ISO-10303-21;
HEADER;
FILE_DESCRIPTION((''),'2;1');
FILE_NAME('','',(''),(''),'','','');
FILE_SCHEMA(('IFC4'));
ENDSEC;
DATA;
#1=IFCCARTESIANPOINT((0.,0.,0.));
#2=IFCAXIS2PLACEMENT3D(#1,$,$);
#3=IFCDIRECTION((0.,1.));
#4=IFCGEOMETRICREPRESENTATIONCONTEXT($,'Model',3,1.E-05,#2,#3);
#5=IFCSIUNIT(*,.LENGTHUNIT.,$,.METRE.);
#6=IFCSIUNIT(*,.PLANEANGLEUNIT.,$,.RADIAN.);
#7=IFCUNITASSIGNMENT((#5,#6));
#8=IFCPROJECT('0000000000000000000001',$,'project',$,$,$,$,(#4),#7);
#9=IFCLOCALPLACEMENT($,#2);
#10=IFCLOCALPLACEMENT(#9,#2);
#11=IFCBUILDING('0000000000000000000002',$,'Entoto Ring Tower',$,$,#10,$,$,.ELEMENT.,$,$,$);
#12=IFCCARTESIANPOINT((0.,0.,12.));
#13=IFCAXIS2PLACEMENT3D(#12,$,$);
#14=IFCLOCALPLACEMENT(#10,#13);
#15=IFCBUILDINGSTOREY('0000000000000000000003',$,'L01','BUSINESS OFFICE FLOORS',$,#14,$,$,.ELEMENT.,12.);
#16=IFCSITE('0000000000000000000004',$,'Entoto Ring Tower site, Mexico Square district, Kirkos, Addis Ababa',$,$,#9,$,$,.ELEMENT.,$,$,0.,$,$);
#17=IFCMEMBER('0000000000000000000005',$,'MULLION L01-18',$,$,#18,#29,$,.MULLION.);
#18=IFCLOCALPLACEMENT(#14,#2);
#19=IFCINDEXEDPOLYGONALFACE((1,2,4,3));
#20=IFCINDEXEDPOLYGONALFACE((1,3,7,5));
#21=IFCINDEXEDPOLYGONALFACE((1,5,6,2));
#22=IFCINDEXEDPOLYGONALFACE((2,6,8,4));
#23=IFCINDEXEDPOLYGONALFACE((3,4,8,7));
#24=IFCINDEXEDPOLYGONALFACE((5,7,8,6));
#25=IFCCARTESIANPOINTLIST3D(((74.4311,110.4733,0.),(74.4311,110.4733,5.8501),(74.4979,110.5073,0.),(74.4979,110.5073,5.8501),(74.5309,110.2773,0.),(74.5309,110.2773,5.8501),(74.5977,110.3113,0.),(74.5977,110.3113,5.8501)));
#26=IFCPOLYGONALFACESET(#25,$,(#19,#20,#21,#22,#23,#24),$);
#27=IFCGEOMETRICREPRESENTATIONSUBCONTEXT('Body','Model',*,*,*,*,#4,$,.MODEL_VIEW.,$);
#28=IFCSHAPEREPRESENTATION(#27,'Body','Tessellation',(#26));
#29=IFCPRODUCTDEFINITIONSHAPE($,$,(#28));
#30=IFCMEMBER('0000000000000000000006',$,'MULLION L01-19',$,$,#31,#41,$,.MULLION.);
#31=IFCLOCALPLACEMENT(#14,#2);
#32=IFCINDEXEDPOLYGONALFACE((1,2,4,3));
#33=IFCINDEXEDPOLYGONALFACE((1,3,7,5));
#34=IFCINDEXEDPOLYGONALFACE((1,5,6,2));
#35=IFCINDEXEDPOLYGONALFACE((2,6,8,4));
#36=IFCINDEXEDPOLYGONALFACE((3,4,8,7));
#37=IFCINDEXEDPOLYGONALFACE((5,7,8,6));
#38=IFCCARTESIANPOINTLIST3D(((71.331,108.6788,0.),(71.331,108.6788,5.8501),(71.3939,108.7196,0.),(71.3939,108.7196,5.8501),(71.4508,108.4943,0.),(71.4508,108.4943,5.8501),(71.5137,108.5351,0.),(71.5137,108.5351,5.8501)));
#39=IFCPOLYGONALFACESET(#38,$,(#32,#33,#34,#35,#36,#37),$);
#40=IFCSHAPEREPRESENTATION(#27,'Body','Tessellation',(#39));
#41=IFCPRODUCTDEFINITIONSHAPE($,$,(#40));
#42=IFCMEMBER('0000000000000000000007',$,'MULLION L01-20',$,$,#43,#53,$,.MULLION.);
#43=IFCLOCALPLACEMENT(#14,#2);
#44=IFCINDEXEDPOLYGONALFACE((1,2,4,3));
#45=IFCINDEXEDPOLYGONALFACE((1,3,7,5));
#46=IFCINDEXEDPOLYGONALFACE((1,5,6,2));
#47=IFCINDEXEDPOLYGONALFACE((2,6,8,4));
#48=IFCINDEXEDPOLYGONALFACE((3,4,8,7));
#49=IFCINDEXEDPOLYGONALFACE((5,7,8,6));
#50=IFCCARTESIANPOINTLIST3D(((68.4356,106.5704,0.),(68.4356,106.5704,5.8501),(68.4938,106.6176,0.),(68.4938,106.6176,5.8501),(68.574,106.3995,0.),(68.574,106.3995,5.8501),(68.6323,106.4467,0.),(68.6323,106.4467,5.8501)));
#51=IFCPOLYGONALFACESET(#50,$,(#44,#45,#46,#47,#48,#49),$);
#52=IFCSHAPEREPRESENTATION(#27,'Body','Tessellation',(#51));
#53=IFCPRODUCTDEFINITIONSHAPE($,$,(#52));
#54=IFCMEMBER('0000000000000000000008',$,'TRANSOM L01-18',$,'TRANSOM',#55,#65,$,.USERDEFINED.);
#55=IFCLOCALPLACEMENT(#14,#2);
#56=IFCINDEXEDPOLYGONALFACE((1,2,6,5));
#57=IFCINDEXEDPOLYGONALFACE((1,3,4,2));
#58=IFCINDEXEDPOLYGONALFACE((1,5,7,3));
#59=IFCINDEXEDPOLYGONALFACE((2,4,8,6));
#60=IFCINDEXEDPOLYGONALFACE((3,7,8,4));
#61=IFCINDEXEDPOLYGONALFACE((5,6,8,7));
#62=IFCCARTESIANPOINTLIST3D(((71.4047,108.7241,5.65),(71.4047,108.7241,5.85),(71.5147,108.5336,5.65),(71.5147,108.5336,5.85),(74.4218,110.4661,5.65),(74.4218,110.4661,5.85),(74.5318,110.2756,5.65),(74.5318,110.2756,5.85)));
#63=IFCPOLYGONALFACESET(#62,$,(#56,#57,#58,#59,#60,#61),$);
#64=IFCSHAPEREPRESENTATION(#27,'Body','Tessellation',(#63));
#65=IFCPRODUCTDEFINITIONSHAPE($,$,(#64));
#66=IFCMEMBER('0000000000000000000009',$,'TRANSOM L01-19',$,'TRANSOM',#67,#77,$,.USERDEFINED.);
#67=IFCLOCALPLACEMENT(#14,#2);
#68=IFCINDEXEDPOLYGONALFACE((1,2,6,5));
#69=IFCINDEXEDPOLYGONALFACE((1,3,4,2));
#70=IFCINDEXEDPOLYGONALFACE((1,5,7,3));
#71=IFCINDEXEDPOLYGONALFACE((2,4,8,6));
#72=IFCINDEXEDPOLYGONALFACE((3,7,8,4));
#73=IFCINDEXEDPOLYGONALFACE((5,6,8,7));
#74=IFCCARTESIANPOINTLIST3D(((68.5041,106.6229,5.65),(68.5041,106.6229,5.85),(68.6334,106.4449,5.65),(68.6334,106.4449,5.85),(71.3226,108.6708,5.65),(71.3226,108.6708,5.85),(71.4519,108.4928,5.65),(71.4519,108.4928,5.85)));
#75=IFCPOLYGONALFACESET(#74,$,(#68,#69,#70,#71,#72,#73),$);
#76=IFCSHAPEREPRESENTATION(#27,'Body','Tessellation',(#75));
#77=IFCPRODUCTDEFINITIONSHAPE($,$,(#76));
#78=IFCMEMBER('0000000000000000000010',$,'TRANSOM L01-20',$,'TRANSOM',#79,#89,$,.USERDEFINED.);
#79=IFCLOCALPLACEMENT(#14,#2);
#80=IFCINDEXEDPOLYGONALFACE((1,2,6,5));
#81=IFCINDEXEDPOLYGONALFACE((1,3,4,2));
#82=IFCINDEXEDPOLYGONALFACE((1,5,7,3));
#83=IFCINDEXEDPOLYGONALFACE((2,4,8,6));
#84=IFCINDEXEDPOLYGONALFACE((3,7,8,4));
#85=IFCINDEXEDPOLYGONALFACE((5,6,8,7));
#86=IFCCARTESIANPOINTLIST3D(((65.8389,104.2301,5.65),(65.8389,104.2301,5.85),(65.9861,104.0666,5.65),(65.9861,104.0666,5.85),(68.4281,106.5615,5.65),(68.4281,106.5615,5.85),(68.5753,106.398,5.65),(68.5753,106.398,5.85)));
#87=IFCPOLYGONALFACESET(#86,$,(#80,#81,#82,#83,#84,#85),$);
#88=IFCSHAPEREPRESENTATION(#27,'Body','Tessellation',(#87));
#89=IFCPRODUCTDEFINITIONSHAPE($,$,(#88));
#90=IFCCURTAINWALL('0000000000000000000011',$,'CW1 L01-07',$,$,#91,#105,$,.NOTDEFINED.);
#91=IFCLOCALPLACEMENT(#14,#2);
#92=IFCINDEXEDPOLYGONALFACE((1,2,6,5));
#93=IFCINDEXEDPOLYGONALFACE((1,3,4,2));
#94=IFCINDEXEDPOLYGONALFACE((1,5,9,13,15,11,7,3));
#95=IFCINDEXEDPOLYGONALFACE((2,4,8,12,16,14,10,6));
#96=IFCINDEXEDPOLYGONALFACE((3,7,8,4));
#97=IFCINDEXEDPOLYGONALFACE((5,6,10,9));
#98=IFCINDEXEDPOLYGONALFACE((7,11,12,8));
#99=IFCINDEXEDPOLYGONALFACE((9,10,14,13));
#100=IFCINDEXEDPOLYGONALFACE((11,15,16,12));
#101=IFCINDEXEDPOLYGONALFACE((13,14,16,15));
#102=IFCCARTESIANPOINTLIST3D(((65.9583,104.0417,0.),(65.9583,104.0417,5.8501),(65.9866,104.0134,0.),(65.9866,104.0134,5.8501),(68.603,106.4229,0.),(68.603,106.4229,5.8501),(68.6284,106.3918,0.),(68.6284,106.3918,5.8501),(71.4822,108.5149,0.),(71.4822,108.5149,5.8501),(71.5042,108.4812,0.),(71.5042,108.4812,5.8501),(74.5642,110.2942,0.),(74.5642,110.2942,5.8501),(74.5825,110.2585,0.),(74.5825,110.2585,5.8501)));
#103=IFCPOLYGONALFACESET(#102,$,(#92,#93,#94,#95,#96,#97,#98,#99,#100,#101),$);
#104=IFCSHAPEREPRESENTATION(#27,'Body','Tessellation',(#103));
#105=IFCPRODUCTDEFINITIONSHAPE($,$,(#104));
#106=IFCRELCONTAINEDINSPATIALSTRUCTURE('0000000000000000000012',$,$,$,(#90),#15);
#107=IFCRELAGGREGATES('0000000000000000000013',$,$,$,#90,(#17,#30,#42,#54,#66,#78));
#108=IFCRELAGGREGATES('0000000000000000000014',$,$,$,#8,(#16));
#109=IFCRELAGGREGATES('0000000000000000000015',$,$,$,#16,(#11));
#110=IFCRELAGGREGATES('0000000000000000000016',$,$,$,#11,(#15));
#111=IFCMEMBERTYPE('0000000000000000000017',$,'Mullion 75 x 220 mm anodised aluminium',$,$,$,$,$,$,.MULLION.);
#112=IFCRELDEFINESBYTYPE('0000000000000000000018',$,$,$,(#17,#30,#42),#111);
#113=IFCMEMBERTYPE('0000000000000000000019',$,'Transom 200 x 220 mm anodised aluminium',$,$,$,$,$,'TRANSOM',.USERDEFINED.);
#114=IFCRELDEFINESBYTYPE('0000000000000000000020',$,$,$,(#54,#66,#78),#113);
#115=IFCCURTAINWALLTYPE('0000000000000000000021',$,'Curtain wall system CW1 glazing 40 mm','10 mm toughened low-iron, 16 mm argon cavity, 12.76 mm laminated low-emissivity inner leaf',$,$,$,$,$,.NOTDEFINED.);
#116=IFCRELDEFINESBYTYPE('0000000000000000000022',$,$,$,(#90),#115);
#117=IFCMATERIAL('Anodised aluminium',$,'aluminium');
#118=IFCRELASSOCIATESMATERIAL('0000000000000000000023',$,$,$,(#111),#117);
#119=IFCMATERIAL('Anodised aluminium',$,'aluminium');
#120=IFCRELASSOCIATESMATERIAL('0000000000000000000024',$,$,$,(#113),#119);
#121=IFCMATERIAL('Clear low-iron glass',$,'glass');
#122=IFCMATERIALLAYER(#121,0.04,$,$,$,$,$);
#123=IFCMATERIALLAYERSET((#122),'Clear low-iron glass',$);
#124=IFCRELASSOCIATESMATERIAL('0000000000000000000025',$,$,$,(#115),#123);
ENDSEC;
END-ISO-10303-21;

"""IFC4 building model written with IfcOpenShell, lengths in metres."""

from ifc_helpers import new_model, si_unit, direction, frame, origin, origin_2d, place, context, subcontext, project, spatial, polyline, rectangle, outline, extrude, material, layer, layer_set, material_profile, profile_set, type_object, element, aggregate, save


model = new_model("IFC4")

# Units and contexts
model_context = context("Model", 3, precision=1e-05, world=origin(), true_north=direction((0.0, 1.0)))
body_context = subcontext(model_context, "Body", "Model", "MODEL_VIEW")
ifc_project = project(units=[si_unit("LENGTHUNIT", "METRE"), si_unit("PLANEANGLEUNIT", "RADIAN")], contexts=[model_context])

# Members
ifc_material_1 = material(Name="Anodised aluminium", Category="aluminium")
ifc_material_profile_1 = material_profile(ifc_material_1, rectangle(XDim=0.075, YDim=0.22, at=origin_2d()), Name="Mullion 75 x 220 mm anodised aluminium")
ifc_profile_set_1 = profile_set([ifc_material_profile_1], Name="Anodised aluminium")
member_type_1 = type_object("IfcMemberType", Name="Mullion 75 x 220 mm anodised aluminium", PredefinedType="MULLION", material=ifc_profile_set_1)
site_placement = place(None, origin())
building_placement = place(site_placement, origin())
storey_placement = place(building_placement, frame((0.0, 0.0, 12.0)))
member_1_placement = place(storey_placement, frame((74.5144, 110.3923, 0.0), z_axis=(0.0, 0.0, 1.0), x_axis=(-0.891007, -0.45399, 0.0)))
member_1 = element("IfcMember", 1, at=member_1_placement, type_object=member_type_1, Name="MULLION L01-18", PredefinedType="MULLION", context=body_context, shape_type="SweptSolid", body=[
    extrude(rectangle(XDim=0.075, YDim=0.22, at=origin_2d()), origin(), (0.0, 0.0, 1.0), 5.8501),
])
member_2_placement = place(storey_placement, frame((71.4224, 108.6069, 0.0), z_axis=(0.0, 0.0, 1.0), x_axis=(-0.838671, -0.544639, 0.0)))
member_2 = element("IfcMember", 2, at=member_2_placement, type_object=member_type_1, Name="MULLION L01-19", PredefinedType="MULLION", context=body_context, shape_type="SweptSolid", body=[
    extrude(rectangle(XDim=0.075, YDim=0.22, at=origin_2d()), origin(), (0.0, 0.0, 1.0), 5.8501),
])
member_3_placement = place(storey_placement, frame((68.5339, 106.5085, 0.0), z_axis=(0.0, 0.0, 1.0), x_axis=(-0.777146, -0.62932, 0.0)))
member_3 = element("IfcMember", 3, at=member_3_placement, type_object=member_type_1, Name="MULLION L01-20", PredefinedType="MULLION", context=body_context, shape_type="SweptSolid", body=[
    extrude(rectangle(XDim=0.075, YDim=0.22, at=origin_2d()), origin(), (0.0, 0.0, 1.0), 5.8501),
])
ifc_material_2 = material(Name="Anodised aluminium", Category="aluminium")
ifc_material_profile_2 = material_profile(ifc_material_2, rectangle(XDim=0.22, YDim=0.2, at=origin_2d()), Name="Transom 200 x 220 mm anodised aluminium")
ifc_profile_set_2 = profile_set([ifc_material_profile_2], Name="Anodised aluminium")
member_type_2 = type_object("IfcMemberType", Name="Transom 200 x 220 mm anodised aluminium", ElementType="TRANSOM", PredefinedType="USERDEFINED", material=ifc_profile_set_2)
member_4_placement = place(storey_placement, frame((74.4768, 110.3708, 5.75), z_axis=(-0.866022, -0.500006, 0.0), x_axis=(0.500006, -0.866022, 0.0)))
member_4 = element("IfcMember", 4, at=member_4_placement, type_object=member_type_2, Name="TRANSOM L01-18", ObjectType="TRANSOM", PredefinedType="USERDEFINED", context=body_context, shape_type="SweptSolid", body=[
    extrude(rectangle(XDim=0.22, YDim=0.2, at=origin_2d()), origin(), (0.0, 0.0, 1.0), 3.4839),
])
member_5_placement = place(storey_placement, frame((71.3872, 108.5818, 5.75), z_axis=(-0.808991, -0.587822, 0.0), x_axis=(0.587822, -0.808991, 0.0)))
member_5 = element("IfcMember", 5, at=member_5_placement, type_object=member_type_2, Name="TRANSOM L01-19", ObjectType="TRANSOM", PredefinedType="USERDEFINED", context=body_context, shape_type="SweptSolid", body=[
    extrude(rectangle(XDim=0.22, YDim=0.2, at=origin_2d()), origin(), (0.0, 0.0, 1.0), 3.4839),
])
member_6_placement = place(storey_placement, frame((68.5017, 106.4797, 5.75), z_axis=(-0.743137, -0.669139, 0.0), x_axis=(0.669139, -0.743137, 0.0)))
member_6 = element("IfcMember", 6, at=member_6_placement, type_object=member_type_2, Name="TRANSOM L01-20", ObjectType="TRANSOM", PredefinedType="USERDEFINED", context=body_context, shape_type="SweptSolid", body=[
    extrude(rectangle(XDim=0.22, YDim=0.2, at=origin_2d()), origin(), (0.0, 0.0, 1.0), 3.4841),
])

# Site, building, storey
site = spatial("IfcSite", under=ifc_project, at=site_placement, Name="Entoto Ring Tower site, Mexico Square district, Kirkos, Addis Ababa", CompositionType="ELEMENT", RefElevation=0.0)
building = spatial("IfcBuilding", under=site, at=building_placement, Name="Entoto Ring Tower", CompositionType="ELEMENT")
storey = spatial("IfcBuildingStorey", under=building, at=storey_placement, Name="L01", Description="BUSINESS OFFICE FLOORS", CompositionType="ELEMENT", Elevation=12.0)

# Curtain wall
ifc_material_3 = material(Name="Clear low-iron glass", Category="glass")
ifc_layer = layer(ifc_material_3, 0.04)
ifc_layer_set = layer_set([ifc_layer], Name="Clear low-iron glass")
curtain_wall_type = type_object("IfcCurtainWallType", Name="Curtain wall system CW1 glazing 40 mm", Description="10 mm toughened low-iron, 16 mm argon cavity, 12.76 mm laminated low-emissivity inner leaf", PredefinedType="NOTDEFINED", material=ifc_layer_set)
curtain_wall_1_placement = place(storey_placement, origin())
curtain_wall_1 = element("IfcCurtainWall", 7, at=curtain_wall_1_placement, inside=storey, type_object=curtain_wall_type, Name="CW1 L01-07", PredefinedType="NOTDEFINED", context=body_context, shape_type="SweptSolid", body=[
    extrude(outline(polyline([(74.5642, 110.2942), (71.4822, 108.5149), (68.603, 106.4229), (65.9583, 104.0417), (65.9866, 104.0134), (68.6284, 106.3918), (71.5042, 108.4812), (74.5825, 110.2585), (74.5642, 110.2942)])), origin(), (0.0, 0.0, 1.0), 5.8501),
])
aggregate(curtain_wall_1, [member_1, member_2, member_3, member_4, member_5, member_6])

save(model, "model.ifc")
